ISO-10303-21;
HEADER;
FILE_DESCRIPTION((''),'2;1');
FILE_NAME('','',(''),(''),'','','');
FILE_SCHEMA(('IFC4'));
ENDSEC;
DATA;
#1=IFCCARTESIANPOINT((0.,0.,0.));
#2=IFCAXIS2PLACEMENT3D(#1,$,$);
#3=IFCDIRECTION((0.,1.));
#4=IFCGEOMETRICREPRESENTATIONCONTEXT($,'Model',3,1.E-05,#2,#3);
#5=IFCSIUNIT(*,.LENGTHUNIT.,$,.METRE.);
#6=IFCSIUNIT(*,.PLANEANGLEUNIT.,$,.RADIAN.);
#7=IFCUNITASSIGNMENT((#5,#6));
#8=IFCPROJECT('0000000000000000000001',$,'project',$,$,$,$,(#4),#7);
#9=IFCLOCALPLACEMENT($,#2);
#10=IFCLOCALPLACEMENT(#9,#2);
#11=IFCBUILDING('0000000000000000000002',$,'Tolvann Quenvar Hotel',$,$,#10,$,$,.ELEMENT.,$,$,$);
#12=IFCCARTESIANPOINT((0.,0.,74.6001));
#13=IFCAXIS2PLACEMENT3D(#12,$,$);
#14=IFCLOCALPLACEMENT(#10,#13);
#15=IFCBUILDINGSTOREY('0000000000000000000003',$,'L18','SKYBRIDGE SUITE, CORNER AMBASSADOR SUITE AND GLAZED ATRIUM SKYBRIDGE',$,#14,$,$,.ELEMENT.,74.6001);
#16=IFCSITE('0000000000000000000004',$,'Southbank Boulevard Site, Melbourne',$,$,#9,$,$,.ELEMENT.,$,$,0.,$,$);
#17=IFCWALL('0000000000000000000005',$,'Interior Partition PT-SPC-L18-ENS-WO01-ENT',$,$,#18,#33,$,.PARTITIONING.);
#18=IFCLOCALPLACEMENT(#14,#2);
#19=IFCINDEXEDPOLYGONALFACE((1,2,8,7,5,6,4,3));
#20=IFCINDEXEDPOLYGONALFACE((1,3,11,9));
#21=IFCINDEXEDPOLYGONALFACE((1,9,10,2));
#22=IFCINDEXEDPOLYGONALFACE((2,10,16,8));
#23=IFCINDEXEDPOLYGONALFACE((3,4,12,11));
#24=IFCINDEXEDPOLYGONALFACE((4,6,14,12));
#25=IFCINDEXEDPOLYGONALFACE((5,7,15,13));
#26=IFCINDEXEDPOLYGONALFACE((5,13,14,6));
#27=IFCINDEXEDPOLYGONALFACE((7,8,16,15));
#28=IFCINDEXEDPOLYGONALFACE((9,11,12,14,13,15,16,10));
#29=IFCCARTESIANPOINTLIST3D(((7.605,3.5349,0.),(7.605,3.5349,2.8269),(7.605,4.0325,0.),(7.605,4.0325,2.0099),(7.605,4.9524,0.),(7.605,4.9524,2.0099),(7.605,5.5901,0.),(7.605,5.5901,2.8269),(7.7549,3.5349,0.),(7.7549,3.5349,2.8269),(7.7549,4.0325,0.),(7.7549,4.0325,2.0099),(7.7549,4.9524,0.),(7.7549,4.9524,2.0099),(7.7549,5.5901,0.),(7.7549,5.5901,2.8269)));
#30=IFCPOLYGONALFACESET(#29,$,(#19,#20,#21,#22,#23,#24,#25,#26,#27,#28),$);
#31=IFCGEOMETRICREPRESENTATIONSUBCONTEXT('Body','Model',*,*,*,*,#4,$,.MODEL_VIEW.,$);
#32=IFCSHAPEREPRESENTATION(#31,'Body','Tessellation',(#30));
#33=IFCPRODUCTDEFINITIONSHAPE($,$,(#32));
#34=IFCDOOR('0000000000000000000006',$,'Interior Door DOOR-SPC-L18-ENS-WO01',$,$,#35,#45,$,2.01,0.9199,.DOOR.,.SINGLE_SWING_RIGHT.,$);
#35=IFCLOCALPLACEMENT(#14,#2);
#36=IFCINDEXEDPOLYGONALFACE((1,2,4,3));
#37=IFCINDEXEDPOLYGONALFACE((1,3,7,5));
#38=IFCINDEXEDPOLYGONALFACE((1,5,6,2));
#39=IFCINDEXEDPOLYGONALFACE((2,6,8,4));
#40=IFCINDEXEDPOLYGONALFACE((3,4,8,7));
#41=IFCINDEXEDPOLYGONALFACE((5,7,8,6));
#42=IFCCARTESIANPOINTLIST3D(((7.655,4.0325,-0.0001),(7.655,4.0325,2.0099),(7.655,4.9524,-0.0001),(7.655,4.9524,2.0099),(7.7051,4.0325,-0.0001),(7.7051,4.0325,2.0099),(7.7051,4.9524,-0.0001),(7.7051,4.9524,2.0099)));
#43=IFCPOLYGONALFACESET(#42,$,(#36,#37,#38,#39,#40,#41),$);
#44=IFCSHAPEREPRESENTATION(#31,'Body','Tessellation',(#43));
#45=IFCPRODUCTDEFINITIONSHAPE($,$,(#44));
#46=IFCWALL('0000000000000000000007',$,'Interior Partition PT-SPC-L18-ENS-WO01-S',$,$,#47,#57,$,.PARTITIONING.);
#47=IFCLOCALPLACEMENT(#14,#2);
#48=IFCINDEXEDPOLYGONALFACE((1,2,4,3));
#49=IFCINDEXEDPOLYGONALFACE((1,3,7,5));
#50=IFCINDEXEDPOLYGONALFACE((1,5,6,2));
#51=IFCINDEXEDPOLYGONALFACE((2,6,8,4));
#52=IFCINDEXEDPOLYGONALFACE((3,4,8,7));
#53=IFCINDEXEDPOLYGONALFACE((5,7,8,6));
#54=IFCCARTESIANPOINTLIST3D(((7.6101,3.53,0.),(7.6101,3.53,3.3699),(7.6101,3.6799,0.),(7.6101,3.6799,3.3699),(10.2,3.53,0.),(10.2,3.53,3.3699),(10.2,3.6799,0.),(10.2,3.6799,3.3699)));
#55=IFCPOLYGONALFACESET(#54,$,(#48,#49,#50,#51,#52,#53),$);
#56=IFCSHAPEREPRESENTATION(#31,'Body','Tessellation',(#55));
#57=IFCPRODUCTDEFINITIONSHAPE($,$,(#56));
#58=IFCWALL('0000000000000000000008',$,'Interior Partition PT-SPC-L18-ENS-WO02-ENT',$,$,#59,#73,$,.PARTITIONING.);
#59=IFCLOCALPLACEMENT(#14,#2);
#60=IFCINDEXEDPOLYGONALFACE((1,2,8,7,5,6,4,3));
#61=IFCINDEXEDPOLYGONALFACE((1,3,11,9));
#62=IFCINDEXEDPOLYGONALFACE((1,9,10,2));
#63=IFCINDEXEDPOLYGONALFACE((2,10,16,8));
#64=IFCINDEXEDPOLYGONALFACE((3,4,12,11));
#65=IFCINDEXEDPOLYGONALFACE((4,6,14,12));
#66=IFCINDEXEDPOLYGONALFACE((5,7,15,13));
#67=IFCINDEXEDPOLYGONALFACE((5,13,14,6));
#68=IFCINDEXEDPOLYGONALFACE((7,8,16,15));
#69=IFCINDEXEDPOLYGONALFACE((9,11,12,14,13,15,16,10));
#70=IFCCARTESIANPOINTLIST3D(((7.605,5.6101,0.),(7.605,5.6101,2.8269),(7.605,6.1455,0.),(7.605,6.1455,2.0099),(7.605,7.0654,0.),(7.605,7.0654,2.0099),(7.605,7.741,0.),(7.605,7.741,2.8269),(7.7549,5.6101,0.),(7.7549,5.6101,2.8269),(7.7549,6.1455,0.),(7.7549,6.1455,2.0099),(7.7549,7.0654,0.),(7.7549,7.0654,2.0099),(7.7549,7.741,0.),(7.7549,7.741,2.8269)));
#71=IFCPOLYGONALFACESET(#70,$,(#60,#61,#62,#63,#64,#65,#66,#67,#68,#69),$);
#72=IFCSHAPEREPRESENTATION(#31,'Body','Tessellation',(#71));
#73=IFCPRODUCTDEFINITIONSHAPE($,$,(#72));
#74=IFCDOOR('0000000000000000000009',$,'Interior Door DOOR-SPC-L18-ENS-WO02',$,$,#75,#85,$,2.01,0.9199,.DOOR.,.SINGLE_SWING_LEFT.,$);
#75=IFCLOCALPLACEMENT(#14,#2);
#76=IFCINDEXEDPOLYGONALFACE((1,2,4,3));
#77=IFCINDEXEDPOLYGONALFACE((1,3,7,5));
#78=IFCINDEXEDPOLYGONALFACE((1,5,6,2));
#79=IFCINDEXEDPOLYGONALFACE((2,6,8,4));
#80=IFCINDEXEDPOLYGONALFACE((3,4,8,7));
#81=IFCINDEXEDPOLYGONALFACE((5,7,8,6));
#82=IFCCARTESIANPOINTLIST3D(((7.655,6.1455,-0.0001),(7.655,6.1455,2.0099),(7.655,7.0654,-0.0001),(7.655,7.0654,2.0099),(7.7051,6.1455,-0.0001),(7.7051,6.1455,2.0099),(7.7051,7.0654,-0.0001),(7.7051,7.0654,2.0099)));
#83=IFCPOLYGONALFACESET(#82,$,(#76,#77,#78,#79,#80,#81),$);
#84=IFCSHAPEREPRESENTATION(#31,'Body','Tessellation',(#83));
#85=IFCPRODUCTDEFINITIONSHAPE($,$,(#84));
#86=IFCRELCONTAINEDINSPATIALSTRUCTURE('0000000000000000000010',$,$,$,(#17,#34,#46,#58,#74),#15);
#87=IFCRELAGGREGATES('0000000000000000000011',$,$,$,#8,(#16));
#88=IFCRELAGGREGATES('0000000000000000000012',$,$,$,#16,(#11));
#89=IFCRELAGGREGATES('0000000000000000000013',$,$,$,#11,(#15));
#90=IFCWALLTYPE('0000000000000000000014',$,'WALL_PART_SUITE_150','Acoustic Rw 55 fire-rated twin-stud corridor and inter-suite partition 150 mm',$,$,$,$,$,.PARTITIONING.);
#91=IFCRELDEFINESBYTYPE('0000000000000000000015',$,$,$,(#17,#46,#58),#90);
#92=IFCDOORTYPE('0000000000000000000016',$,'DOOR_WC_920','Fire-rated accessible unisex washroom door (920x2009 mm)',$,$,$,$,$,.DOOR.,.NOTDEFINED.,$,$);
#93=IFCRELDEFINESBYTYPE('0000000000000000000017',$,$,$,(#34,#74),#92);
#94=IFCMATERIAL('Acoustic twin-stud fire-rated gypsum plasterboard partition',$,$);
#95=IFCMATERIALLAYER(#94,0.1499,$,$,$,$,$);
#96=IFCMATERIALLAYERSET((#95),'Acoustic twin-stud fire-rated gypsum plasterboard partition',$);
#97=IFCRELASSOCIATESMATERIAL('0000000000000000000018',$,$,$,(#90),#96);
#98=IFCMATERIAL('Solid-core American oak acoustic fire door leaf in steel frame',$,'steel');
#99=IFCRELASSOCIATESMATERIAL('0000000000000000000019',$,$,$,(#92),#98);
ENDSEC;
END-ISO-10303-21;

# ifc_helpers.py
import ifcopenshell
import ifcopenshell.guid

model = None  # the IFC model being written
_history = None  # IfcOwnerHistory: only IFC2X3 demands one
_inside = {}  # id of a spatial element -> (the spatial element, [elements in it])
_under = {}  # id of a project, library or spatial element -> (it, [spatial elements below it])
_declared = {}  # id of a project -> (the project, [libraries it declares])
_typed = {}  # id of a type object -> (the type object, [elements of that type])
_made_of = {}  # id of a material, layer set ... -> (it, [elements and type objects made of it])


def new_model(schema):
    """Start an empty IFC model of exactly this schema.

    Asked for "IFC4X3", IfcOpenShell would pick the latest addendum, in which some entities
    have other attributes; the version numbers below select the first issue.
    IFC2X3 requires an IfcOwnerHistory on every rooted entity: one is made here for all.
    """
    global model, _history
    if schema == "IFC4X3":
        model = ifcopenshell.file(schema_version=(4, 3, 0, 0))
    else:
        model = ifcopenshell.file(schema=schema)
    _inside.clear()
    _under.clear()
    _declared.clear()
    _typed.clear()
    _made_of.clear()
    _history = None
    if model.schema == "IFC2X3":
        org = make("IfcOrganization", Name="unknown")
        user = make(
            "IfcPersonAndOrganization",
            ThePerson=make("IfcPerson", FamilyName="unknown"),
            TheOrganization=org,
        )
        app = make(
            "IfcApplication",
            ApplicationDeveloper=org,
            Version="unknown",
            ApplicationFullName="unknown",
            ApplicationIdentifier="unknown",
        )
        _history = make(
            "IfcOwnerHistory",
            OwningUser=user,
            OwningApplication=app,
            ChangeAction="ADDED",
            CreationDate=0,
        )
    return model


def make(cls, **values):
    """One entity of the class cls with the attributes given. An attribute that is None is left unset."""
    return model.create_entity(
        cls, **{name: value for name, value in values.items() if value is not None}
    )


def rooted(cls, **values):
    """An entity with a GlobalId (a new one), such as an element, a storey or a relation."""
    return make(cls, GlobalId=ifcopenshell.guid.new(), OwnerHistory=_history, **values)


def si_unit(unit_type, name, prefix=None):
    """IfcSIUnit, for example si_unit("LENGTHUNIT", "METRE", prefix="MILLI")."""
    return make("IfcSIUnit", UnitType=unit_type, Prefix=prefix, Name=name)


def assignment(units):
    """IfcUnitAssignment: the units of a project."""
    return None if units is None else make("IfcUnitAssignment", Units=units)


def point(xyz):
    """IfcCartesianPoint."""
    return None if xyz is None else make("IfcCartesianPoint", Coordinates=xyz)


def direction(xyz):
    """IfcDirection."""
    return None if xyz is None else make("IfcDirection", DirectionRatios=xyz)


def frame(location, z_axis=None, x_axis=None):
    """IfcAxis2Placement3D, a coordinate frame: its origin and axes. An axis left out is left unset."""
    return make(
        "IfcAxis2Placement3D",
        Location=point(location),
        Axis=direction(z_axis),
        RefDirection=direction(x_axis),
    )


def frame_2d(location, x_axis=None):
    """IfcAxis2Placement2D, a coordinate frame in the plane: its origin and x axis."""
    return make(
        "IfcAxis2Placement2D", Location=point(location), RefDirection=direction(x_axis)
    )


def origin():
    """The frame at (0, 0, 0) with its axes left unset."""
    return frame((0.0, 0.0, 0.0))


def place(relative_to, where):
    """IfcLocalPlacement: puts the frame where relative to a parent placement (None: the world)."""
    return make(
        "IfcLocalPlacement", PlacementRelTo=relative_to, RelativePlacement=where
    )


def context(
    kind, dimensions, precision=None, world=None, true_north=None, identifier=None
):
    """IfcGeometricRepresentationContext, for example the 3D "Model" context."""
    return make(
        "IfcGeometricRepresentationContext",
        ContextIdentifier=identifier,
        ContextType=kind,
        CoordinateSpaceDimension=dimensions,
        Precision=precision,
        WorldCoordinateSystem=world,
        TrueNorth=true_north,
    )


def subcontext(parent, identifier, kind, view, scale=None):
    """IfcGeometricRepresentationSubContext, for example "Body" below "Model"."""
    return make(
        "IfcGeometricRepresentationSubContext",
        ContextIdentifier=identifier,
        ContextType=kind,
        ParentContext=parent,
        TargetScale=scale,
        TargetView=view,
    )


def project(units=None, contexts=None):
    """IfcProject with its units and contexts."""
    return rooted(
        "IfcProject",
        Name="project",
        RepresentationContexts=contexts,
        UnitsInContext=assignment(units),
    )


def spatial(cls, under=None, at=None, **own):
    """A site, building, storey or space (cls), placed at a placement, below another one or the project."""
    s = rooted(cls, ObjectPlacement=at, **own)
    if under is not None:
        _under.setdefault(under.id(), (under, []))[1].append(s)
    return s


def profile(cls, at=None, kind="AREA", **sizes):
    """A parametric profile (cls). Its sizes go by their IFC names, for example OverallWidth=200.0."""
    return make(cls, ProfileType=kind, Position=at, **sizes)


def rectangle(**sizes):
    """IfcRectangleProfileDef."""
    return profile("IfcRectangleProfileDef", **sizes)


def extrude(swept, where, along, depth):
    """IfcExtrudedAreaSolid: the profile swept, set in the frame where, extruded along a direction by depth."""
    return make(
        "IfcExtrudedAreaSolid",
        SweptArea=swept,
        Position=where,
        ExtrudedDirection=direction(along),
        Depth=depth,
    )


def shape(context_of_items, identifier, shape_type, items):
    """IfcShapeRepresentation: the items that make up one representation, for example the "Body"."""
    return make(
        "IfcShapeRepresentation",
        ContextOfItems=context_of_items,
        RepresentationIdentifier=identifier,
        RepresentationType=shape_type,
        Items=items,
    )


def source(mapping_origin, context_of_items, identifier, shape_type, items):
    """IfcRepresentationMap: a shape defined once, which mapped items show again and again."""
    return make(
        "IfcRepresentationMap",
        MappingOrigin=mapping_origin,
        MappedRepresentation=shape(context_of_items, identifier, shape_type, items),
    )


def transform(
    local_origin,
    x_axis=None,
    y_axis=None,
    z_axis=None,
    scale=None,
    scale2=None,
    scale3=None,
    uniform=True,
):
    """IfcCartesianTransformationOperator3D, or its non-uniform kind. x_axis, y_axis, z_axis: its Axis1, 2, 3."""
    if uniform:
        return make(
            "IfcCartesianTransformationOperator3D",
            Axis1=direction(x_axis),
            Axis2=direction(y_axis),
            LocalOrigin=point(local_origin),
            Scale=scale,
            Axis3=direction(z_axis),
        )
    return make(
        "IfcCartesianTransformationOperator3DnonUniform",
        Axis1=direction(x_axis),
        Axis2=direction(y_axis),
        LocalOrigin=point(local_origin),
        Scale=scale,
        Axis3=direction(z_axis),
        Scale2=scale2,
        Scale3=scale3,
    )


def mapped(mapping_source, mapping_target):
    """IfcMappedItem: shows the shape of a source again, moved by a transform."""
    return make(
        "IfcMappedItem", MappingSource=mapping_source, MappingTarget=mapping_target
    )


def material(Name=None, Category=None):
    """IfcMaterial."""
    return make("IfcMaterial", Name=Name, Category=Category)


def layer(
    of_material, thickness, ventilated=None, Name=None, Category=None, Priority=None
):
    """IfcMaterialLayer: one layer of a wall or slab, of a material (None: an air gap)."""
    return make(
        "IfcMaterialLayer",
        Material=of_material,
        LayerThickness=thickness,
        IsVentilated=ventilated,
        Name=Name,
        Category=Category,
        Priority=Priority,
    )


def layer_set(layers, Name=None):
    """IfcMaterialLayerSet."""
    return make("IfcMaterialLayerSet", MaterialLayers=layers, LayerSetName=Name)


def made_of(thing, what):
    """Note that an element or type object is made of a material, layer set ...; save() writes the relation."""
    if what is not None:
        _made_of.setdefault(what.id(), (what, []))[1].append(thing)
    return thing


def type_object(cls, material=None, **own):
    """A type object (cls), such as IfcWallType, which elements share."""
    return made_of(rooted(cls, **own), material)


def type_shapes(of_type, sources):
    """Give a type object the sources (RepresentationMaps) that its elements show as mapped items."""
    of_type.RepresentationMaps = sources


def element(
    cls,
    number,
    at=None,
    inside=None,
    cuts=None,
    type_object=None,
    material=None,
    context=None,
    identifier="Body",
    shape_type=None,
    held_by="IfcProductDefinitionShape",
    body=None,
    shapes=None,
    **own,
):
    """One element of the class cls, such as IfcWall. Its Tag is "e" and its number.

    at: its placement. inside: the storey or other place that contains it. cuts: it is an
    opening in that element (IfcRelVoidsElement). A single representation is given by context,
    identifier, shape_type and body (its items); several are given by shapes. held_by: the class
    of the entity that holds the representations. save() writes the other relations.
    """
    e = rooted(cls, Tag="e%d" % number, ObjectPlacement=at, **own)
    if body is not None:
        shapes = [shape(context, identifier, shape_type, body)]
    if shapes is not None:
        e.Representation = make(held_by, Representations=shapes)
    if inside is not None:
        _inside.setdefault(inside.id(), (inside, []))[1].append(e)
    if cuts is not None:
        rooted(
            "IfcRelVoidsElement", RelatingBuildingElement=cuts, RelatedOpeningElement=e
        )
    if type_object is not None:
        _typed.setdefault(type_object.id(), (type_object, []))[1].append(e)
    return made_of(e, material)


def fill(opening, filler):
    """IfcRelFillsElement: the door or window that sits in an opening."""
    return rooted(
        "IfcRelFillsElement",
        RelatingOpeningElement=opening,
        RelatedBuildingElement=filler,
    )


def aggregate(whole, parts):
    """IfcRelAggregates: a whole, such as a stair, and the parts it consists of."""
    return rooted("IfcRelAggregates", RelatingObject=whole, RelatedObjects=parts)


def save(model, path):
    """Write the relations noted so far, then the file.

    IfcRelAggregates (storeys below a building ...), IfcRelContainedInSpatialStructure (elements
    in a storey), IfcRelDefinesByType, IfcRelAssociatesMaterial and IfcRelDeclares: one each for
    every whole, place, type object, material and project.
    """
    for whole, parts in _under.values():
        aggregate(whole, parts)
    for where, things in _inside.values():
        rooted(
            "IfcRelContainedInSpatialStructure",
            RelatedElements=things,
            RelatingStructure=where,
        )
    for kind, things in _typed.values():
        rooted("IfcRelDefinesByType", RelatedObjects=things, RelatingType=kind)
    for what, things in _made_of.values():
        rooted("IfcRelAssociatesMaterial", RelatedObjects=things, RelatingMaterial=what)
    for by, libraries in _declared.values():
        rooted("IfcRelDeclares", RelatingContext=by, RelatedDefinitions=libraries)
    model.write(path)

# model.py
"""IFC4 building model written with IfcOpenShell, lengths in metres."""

from ifc_helpers import new_model, si_unit, direction, frame, frame_2d, origin, place, context, subcontext, project, spatial, rectangle, extrude, source, transform, mapped, material, layer, layer_set, type_object, type_shapes, element, fill, save


model = new_model("IFC4")

# Units and contexts
model_context = context("Model", 3, precision=1e-05, world=origin(), true_north=direction((0.0, 1.0)))
body_context = subcontext(model_context, "Body", "Model", "MODEL_VIEW")
ifc_project = project(units=[si_unit("LENGTHUNIT", "METRE"), si_unit("PLANEANGLEUNIT", "RADIAN")], contexts=[model_context])

# Site, building, storey
site_placement = place(None, origin())
site = spatial("IfcSite", under=ifc_project, at=site_placement, Name="Southbank Boulevard Site, Melbourne", CompositionType="ELEMENT", RefElevation=0.0)
building_placement = place(site_placement, origin())
building = spatial("IfcBuilding", under=site, at=building_placement, Name="Tolvann Quenvar Hotel", CompositionType="ELEMENT")
storey_placement = place(building_placement, frame((0.0, 0.0, 74.6001)))
storey = spatial("IfcBuildingStorey", under=building, at=storey_placement, Name="L18", Description="SKYBRIDGE SUITE, CORNER AMBASSADOR SUITE AND GLAZED ATRIUM SKYBRIDGE", CompositionType="ELEMENT", Elevation=74.6001)

# Shared definitions
ifc_material_1 = material(Name="Acoustic twin-stud fire-rated gypsum plasterboard partition")

# Shared definitions
ifc_material_2 = material(Name="Solid-core American oak acoustic fire door leaf in steel frame", Category="steel")

# Wall, opening, door
ifc_layer_1 = layer(ifc_material_1, 0.1499)
ifc_layer_set_1 = layer_set([ifc_layer_1], Name="Acoustic twin-stud fire-rated gypsum plasterboard partition")
wall_type_1 = type_object("IfcWallType", Name="WALL_PART_SUITE_150", Description="Acoustic Rw 55 fire-rated twin-stud corridor and inter-suite partition 150 mm", PredefinedType="PARTITIONING", material=ifc_layer_set_1)
wall_1_placement = place(storey_placement, frame((7.6799, 3.5349, 0.0), z_axis=(0.0, 0.0, 1.0), x_axis=(0.0, 1.0, 0.0)))
wall_1 = element("IfcWall", 1, at=wall_1_placement, inside=storey, type_object=wall_type_1, Name="Interior Partition PT-SPC-L18-ENS-WO01-ENT", PredefinedType="PARTITIONING", context=body_context, shape_type="SweptSolid", body=[
    extrude(rectangle(XDim=2.0552, YDim=0.1499, at=frame_2d((1.0276, 0.0))), origin(), (0.0, 0.0, 1.0), 2.8269),
])
opening_1_placement = place(wall_1_placement, frame((0.4976, 0.0, 0.0)))
opening_1 = element("IfcOpeningElement", 2, at=opening_1_placement, cuts=wall_1, PredefinedType="OPENING", context=body_context, shape_type="SweptSolid", body=[
    extrude(rectangle(XDim=0.9199, YDim=2.01, at=frame_2d((0.46, 1.0049))), frame((0.0, 0.085, 0.0), z_axis=(0.0, -1.0, 0.0), x_axis=(1.0, 0.0, 0.0)), (0.0, 0.0, 1.0), 0.1699),
])
door_type_1 = type_object("IfcDoorType", Name="DOOR_WC_920", Description="Fire-rated accessible unisex washroom door (920x2009 mm)", OperationType="NOTDEFINED", PredefinedType="DOOR", material=ifc_material_2)
shared_shape_1 = source(origin(), body_context, "Body", "SweptSolid", [
    extrude(rectangle(XDim=0.9199, YDim=2.01, at=frame_2d((0.46, 1.0049))), frame((0.0, 0.0249, 0.0), z_axis=(0.0, -1.0, 0.0), x_axis=(1.0, 0.0, 0.0)), (0.0, 0.0, 1.0), 0.05),
])
type_shapes(door_type_1, [shared_shape_1])
door_1_placement = place(opening_1_placement, origin())
door_1 = element("IfcDoor", 3, at=door_1_placement, inside=storey, type_object=door_type_1, Name="Interior Door DOOR-SPC-L18-ENS-WO01", OperationType="SINGLE_SWING_RIGHT", OverallHeight=2.01, OverallWidth=0.9199, PredefinedType="DOOR", context=body_context, shape_type="MappedRepresentation", body=[
    mapped(shared_shape_1, transform((0.0, 0.0, 0.0), x_axis=(1.0, 0.0, 0.0), y_axis=(0.0, 1.0, 0.0), z_axis=(0.0, 0.0, 1.0), scale=1.0)),
])
fill(opening_1, door_1)

# Wall
wall_2_placement = place(storey_placement, frame((7.6101, 3.605, 0.0), z_axis=(0.0, 0.0, 1.0), x_axis=(1.0, 0.0, 0.0)))
element("IfcWall", 4, at=wall_2_placement, inside=storey, type_object=wall_type_1, Name="Interior Partition PT-SPC-L18-ENS-WO01-S", PredefinedType="PARTITIONING", context=body_context, shape_type="SweptSolid", body=[
    extrude(rectangle(XDim=2.5898, YDim=0.1499, at=frame_2d((1.2949, 0.0))), origin(), (0.0, 0.0, 1.0), 3.3699),
])

# Wall, opening, door
wall_3_placement = place(storey_placement, frame((7.6799, 5.6101, 0.0), z_axis=(0.0, 0.0, 1.0), x_axis=(0.0, 1.0, 0.0)))
wall_3 = element("IfcWall", 5, at=wall_3_placement, inside=storey, type_object=wall_type_1, Name="Interior Partition PT-SPC-L18-ENS-WO02-ENT", PredefinedType="PARTITIONING", context=body_context, shape_type="SweptSolid", body=[
    extrude(rectangle(XDim=2.1309, YDim=0.1499, at=frame_2d((1.0654, 0.0))), origin(), (0.0, 0.0, 1.0), 2.8269),
])
opening_2_placement = place(wall_3_placement, frame((0.5354, 0.0, 0.0)))
opening_2 = element("IfcOpeningElement", 6, at=opening_2_placement, cuts=wall_3, PredefinedType="OPENING", context=body_context, shape_type="SweptSolid", body=[
    extrude(rectangle(XDim=0.9199, YDim=2.01, at=frame_2d((0.46, 1.0049))), frame((0.0, 0.085, 0.0), z_axis=(0.0, -1.0, 0.0), x_axis=(1.0, 0.0, 0.0)), (0.0, 0.0, 1.0), 0.1699),
])
door_2_placement = place(opening_2_placement, origin())
door_2 = element("IfcDoor", 7, at=door_2_placement, inside=storey, type_object=door_type_1, Name="Interior Door DOOR-SPC-L18-ENS-WO02", OperationType="SINGLE_SWING_LEFT", OverallHeight=2.01, OverallWidth=0.9199, PredefinedType="DOOR", context=body_context, shape_type="MappedRepresentation", body=[
    mapped(shared_shape_1, transform((0.0, 0.0, 0.0), x_axis=(1.0, 0.0, 0.0), y_axis=(0.0, 1.0, 0.0), z_axis=(0.0, 0.0, 1.0), scale=1.0)),
])
fill(opening_2, door_2)

save(model, "model.ifc")
